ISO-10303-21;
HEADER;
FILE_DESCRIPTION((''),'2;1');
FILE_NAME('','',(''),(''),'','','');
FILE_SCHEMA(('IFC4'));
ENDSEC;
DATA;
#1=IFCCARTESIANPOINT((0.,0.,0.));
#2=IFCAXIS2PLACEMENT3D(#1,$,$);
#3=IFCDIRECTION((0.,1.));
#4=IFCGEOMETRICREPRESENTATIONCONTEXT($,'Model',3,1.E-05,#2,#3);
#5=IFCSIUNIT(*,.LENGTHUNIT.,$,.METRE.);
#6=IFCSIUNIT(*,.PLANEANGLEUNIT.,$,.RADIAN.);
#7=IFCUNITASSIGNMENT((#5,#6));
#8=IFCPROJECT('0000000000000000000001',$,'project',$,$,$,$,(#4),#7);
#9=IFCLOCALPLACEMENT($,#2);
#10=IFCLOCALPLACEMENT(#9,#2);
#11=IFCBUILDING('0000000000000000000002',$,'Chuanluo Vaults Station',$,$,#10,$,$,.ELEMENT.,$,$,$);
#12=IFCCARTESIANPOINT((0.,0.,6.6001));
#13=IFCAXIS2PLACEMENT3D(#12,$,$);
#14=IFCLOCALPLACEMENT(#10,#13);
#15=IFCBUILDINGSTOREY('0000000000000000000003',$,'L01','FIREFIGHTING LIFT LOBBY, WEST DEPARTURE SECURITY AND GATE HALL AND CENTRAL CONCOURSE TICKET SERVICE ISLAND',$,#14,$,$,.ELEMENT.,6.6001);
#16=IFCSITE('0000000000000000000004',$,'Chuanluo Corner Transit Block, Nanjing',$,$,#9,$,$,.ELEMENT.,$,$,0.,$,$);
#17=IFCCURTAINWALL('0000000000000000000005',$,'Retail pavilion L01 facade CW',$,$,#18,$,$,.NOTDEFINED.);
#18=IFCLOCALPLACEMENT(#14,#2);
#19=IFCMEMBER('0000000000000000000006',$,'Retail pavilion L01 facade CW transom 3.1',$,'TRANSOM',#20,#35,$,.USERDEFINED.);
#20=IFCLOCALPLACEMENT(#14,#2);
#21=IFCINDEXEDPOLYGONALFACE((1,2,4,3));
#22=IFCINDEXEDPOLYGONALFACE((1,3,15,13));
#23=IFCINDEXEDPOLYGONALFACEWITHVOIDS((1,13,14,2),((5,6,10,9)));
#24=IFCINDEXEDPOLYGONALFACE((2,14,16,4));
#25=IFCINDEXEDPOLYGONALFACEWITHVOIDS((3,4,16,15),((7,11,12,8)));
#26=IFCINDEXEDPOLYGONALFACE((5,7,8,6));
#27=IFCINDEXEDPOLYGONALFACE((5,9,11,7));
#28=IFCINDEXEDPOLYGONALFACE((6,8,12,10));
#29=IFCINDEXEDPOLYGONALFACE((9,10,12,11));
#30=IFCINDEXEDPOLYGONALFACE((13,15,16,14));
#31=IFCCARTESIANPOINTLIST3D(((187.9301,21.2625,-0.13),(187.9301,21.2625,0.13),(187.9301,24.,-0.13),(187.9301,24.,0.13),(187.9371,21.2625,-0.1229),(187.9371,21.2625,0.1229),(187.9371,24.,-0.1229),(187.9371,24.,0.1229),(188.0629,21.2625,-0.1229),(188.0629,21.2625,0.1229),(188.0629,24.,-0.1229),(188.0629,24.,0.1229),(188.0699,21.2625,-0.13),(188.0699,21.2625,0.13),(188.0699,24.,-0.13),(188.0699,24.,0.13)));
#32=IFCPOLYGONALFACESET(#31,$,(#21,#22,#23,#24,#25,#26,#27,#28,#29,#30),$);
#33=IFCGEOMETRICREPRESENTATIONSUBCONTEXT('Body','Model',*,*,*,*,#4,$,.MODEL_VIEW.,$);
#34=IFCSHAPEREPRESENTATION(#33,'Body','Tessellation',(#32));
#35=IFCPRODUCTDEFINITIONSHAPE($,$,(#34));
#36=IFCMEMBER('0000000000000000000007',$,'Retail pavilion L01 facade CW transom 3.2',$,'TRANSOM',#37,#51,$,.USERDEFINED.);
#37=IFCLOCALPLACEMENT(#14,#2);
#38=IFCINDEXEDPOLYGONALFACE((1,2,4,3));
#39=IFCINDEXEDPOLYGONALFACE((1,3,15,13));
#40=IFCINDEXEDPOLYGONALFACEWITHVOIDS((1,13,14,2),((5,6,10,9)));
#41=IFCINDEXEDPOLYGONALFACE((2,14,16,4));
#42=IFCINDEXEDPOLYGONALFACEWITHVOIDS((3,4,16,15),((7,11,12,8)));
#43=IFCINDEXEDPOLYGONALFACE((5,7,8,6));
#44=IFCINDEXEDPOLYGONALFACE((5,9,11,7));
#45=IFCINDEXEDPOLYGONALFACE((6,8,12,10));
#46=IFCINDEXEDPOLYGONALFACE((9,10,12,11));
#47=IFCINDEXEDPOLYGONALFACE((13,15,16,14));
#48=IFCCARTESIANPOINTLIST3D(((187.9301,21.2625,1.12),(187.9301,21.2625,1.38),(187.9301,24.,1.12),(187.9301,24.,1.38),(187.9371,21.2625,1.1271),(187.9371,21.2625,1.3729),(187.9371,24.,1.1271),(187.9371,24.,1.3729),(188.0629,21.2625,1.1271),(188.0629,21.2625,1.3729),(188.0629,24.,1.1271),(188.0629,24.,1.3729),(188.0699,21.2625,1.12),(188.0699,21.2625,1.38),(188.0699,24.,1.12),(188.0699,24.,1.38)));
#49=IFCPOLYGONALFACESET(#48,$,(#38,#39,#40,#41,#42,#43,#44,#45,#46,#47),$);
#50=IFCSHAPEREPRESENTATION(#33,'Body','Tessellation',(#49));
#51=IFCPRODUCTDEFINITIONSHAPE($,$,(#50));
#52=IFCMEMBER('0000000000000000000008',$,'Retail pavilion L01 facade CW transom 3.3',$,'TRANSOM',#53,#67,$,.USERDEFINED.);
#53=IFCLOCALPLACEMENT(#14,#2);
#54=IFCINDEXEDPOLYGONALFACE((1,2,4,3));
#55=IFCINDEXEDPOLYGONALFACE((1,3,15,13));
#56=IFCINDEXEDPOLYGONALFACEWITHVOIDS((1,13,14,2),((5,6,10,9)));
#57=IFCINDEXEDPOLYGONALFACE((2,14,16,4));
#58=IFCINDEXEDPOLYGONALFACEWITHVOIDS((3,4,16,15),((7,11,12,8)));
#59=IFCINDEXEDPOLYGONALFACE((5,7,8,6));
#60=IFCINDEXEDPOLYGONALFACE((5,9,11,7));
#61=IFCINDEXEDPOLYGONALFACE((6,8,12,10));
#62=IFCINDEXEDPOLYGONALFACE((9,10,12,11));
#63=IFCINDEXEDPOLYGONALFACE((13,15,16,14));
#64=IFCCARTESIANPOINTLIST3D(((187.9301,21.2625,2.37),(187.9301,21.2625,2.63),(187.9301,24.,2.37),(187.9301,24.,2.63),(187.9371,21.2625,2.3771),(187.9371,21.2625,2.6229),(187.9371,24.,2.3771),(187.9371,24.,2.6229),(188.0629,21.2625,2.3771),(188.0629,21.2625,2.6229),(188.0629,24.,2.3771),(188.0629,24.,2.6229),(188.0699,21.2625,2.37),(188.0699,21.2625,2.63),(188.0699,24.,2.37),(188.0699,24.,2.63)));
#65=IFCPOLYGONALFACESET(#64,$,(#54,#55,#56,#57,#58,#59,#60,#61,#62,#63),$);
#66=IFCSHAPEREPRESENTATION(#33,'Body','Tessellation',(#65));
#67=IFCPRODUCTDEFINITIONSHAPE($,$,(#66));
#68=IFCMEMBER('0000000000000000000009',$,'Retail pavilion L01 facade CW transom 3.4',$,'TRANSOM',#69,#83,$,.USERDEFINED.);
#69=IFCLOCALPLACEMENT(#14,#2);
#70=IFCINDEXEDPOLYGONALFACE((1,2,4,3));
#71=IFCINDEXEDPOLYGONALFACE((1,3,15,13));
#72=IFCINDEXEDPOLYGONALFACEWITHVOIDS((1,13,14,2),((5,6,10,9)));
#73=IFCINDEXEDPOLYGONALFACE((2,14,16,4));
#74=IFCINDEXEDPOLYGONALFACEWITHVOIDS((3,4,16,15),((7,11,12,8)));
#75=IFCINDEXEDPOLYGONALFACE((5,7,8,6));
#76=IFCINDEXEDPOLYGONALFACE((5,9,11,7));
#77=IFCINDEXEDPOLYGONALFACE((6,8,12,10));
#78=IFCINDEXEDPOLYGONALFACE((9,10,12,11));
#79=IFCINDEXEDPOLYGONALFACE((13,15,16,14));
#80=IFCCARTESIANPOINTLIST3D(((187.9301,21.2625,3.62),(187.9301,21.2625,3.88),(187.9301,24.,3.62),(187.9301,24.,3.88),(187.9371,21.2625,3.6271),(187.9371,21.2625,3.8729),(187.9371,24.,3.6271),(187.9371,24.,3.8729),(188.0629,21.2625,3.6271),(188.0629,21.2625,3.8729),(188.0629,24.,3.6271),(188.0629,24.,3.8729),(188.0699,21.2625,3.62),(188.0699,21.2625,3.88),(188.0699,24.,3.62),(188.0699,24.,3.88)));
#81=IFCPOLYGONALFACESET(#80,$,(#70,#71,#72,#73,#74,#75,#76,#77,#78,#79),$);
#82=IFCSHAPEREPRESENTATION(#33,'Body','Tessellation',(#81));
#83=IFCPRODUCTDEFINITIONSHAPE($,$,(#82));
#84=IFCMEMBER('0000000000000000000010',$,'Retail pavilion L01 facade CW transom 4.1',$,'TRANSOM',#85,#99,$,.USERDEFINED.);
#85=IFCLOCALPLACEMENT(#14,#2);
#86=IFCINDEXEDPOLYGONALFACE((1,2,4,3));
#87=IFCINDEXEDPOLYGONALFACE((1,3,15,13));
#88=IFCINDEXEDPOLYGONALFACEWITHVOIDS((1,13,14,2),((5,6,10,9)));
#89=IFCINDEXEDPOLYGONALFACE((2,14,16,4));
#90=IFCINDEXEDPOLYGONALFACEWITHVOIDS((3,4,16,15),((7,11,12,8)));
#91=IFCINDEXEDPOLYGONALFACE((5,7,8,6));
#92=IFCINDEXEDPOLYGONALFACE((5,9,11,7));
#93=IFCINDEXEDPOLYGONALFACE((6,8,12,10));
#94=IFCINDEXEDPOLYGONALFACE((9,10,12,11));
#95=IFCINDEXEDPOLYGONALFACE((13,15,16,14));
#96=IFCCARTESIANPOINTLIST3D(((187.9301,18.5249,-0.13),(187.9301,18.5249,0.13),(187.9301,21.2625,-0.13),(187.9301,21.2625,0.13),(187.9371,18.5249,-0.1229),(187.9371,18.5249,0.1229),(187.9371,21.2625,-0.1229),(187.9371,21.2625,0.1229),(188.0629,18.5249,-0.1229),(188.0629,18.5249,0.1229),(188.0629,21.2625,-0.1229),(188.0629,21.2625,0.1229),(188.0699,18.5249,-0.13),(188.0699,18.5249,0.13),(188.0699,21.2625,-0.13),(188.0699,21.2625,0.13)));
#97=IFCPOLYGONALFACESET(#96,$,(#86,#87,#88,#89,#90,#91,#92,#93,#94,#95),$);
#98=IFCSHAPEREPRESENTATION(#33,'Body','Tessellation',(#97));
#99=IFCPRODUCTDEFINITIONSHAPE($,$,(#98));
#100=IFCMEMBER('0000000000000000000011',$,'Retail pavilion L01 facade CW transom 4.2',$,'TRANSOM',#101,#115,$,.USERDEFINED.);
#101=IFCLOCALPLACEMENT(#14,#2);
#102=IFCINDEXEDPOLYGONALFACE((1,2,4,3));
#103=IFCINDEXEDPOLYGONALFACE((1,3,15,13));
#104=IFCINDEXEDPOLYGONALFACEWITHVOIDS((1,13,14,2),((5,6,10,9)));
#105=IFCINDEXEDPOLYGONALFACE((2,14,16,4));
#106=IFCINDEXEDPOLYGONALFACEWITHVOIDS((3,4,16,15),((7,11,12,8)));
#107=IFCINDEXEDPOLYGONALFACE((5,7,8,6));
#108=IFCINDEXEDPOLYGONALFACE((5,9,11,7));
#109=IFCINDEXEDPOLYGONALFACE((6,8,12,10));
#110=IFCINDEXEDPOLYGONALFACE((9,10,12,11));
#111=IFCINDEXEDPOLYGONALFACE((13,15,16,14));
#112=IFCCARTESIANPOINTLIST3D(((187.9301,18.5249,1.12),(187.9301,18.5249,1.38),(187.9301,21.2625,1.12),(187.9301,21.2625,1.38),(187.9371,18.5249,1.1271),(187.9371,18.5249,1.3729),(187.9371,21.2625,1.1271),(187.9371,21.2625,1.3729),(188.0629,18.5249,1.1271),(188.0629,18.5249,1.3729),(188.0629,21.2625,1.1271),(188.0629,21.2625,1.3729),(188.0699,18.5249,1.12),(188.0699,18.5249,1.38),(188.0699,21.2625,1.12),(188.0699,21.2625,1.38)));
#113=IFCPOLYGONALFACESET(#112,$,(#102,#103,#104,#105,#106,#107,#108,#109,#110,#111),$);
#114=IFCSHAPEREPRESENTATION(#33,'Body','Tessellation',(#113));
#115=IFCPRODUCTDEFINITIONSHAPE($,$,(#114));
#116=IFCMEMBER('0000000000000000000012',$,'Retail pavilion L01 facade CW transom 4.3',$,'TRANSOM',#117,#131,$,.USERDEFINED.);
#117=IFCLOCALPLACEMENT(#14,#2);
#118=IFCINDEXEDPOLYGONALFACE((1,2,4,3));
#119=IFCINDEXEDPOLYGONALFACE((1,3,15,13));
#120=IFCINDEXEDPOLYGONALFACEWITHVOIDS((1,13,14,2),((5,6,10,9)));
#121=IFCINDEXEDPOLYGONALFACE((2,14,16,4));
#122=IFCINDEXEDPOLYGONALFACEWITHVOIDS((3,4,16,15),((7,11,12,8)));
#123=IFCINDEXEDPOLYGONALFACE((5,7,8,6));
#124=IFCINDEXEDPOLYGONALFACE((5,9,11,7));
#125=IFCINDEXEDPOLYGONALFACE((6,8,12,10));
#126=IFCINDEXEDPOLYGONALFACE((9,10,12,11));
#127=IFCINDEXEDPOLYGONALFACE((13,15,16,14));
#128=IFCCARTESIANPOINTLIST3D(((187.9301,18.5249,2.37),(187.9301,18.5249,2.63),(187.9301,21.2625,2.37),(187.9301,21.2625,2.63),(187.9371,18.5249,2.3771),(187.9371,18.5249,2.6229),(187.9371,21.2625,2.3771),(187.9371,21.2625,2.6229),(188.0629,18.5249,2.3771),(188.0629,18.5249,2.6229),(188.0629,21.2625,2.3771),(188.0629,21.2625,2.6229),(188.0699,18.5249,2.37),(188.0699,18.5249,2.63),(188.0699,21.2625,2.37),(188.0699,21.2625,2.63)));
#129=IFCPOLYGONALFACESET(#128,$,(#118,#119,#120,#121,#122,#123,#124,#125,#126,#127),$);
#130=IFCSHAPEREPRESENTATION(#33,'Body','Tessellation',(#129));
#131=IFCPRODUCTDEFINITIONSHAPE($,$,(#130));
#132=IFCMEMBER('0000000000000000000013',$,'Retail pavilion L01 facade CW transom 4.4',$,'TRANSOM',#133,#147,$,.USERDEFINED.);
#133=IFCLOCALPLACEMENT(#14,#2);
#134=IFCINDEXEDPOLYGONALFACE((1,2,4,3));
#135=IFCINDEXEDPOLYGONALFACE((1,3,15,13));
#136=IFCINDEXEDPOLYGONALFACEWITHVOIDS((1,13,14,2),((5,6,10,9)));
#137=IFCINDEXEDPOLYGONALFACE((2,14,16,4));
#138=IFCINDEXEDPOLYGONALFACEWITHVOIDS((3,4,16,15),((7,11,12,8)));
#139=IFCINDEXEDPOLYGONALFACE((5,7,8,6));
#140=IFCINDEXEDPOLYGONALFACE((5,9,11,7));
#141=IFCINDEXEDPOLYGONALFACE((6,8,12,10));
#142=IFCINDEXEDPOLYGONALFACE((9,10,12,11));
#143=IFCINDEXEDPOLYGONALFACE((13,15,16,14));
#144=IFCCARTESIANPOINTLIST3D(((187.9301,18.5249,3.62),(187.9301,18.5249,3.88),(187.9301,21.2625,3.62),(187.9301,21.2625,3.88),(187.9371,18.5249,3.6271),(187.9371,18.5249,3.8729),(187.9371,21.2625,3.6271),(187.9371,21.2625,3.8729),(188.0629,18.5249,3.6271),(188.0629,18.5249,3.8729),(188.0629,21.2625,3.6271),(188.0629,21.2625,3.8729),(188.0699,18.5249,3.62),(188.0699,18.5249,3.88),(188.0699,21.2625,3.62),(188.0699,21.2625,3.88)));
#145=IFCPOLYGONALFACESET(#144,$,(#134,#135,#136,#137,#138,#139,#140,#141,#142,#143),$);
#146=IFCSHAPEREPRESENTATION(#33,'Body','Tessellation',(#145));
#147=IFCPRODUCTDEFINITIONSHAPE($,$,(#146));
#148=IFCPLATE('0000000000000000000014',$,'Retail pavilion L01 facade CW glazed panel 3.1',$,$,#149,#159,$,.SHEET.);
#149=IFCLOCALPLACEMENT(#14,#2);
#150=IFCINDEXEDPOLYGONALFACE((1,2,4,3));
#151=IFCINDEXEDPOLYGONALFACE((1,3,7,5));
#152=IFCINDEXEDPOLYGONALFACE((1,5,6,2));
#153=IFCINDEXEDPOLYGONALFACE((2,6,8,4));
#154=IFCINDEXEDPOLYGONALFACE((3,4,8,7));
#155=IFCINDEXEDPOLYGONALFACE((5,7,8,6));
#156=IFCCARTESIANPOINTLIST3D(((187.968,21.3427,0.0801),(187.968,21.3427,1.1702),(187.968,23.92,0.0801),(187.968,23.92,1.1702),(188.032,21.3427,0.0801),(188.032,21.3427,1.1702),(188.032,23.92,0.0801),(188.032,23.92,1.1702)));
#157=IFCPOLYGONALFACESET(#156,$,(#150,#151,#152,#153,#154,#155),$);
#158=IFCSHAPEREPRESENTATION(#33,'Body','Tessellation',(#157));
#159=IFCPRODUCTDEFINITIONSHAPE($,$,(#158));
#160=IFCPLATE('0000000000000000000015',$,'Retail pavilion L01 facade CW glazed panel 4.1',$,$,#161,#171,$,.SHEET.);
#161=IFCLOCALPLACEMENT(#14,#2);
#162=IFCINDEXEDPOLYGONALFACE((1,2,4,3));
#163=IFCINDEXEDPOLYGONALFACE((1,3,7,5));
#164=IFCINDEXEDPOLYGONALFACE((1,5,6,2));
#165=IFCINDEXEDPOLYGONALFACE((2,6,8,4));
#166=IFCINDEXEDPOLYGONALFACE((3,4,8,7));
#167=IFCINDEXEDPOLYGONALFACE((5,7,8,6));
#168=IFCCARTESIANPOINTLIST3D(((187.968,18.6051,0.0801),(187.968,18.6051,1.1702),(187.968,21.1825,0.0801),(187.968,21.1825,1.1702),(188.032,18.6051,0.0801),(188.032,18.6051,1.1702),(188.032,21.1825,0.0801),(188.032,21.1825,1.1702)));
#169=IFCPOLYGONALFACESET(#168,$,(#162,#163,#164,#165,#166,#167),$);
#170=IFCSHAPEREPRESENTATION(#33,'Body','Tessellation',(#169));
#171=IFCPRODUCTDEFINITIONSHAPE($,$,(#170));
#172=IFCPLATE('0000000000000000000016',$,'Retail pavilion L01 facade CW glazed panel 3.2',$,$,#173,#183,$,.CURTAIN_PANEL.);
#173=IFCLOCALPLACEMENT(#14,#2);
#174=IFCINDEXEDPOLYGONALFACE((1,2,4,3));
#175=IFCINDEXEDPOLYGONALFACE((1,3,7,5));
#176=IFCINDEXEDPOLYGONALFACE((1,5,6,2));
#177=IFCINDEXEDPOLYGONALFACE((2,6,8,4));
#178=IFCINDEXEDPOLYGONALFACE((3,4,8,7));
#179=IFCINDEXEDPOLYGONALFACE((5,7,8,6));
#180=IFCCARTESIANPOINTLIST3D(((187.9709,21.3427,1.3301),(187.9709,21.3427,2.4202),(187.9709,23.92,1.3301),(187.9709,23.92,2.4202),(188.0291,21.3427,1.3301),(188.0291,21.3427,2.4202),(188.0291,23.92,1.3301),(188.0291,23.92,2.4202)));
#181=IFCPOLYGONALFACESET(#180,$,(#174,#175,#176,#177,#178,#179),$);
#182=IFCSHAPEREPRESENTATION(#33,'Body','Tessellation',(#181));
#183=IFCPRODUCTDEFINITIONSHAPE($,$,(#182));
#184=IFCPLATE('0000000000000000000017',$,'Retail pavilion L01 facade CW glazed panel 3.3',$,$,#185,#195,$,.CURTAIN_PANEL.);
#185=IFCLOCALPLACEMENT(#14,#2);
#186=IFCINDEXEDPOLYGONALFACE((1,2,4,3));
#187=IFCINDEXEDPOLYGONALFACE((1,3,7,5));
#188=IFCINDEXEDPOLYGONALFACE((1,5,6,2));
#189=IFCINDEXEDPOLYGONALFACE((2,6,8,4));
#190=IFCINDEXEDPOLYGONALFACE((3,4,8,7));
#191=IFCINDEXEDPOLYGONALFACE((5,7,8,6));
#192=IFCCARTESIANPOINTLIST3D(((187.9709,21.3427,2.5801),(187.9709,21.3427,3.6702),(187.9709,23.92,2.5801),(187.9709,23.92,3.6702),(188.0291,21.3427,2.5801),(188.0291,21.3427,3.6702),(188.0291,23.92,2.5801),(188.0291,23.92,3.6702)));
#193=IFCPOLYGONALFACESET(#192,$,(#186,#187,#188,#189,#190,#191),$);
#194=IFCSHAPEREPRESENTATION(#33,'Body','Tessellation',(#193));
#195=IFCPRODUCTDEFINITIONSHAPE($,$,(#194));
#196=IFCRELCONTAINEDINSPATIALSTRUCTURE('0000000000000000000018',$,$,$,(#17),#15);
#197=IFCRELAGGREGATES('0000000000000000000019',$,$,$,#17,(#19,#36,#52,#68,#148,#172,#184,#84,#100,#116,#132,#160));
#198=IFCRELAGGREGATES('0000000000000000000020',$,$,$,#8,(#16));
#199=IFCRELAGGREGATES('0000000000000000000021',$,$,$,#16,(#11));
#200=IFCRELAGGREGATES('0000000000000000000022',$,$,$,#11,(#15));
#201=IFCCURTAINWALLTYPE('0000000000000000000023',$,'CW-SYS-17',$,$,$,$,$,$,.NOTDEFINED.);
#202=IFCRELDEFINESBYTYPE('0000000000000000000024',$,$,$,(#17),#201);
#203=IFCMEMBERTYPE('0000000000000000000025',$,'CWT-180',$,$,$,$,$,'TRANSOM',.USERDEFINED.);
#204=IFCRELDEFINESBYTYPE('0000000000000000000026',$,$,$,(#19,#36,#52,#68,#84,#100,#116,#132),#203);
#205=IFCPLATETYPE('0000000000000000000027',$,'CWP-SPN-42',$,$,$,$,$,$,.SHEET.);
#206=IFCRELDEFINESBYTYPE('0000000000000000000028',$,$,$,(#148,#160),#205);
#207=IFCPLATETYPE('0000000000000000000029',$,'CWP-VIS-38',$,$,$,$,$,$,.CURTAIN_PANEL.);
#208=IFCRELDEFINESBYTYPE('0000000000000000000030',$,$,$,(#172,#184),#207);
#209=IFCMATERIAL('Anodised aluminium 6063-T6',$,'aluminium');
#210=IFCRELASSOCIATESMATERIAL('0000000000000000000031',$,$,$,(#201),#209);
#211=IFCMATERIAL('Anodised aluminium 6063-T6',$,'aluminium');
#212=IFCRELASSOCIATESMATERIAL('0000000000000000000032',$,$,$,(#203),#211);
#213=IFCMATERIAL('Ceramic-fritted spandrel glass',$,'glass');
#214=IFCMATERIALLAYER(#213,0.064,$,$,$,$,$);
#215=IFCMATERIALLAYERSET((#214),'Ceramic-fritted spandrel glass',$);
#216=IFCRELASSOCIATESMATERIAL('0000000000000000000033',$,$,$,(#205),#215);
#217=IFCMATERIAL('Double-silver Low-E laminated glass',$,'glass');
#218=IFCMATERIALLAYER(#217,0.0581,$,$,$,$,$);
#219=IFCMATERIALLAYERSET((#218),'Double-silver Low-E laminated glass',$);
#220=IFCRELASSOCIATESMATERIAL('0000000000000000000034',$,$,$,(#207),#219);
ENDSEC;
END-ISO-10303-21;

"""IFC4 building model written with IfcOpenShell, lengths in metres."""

from ifc_helpers import new_model, si_unit, direction, frame, origin, origin_2d, place, context, subcontext, project, spatial, rectangle, hollow_rectangle, extrude, material, layer, layer_set, material_profile, profile_set, type_object, element, aggregate, save


model = new_model("IFC4")

# Units and contexts
model_context = context("Model", 3, precision=1e-05, world=origin(), true_north=direction((0.0, 1.0)))
body_context = subcontext(model_context, "Body", "Model", "MODEL_VIEW")
ifc_project = project(units=[si_unit("LENGTHUNIT", "METRE"), si_unit("PLANEANGLEUNIT", "RADIAN")], contexts=[model_context])

# Site, building, storey
site_placement = place(None, origin())
site = spatial("IfcSite", under=ifc_project, at=site_placement, Name="Chuanluo Corner Transit Block, Nanjing", CompositionType="ELEMENT", RefElevation=0.0)
building_placement = place(site_placement, origin())
building = spatial("IfcBuilding", under=site, at=building_placement, Name="Chuanluo Vaults Station", CompositionType="ELEMENT")
storey_placement = place(building_placement, frame((0.0, 0.0, 6.6001)))
storey = spatial("IfcBuildingStorey", under=building, at=storey_placement, Name="L01", Description="FIREFIGHTING LIFT LOBBY, WEST DEPARTURE SECURITY AND GATE HALL AND CENTRAL CONCOURSE TICKET SERVICE ISLAND", CompositionType="ELEMENT", Elevation=6.6001)

# Curtain wall, members, plates
ifc_material_1 = material(Name="Anodised aluminium 6063-T6", Category="aluminium")
curtain_wall_type = type_object("IfcCurtainWallType", Name="CW-SYS-17", PredefinedType="NOTDEFINED", material=ifc_material_1)
curtain_wall_placement = place(storey_placement, origin())
curtain_wall = element("IfcCurtainWall", 1, at=curtain_wall_placement, inside=storey, type_object=curtain_wall_type, Name="Retail pavilion L01 facade CW", PredefinedType="NOTDEFINED")
ifc_material_2 = material(Name="Anodised aluminium 6063-T6", Category="aluminium")
ifc_material_profile_1 = material_profile(ifc_material_2, hollow_rectangle(XDim=0.1399, YDim=0.26, WallThickness=0.0071, at=origin_2d()))
ifc_profile_set_1 = profile_set([ifc_material_profile_1], Name="Anodised aluminium 6063-T6")
member_type_1 = type_object("IfcMemberType", Name="CWT-180", ElementType="TRANSOM", PredefinedType="USERDEFINED", material=ifc_profile_set_1)
member_1_placement = place(storey_placement, frame((188.0, 24.0, 0.0), z_axis=(0.0, -1.0, 0.0), x_axis=(1.0, 0.0, 0.0)))
member_1 = element("IfcMember", 2, at=member_1_placement, type_object=member_type_1, Name="Retail pavilion L01 facade CW transom 3.1", ObjectType="TRANSOM", PredefinedType="USERDEFINED", context=body_context, shape_type="SweptSolid", body=[
    extrude(hollow_rectangle(XDim=0.1399, YDim=0.26, WallThickness=0.0071, at=origin_2d()), origin(), (0.0, 0.0, 1.0), 2.7375),
])
member_2_placement = place(storey_placement, frame((188.0, 24.0, 1.25), z_axis=(0.0, -1.0, 0.0), x_axis=(1.0, 0.0, 0.0)))
member_2 = element("IfcMember", 3, at=member_2_placement, type_object=member_type_1, Name="Retail pavilion L01 facade CW transom 3.2", ObjectType="TRANSOM", PredefinedType="USERDEFINED", context=body_context, shape_type="SweptSolid", body=[
    extrude(hollow_rectangle(XDim=0.1399, YDim=0.26, WallThickness=0.0071, at=origin_2d()), origin(), (0.0, 0.0, 1.0), 2.7375),
])
member_3_placement = place(storey_placement, frame((188.0, 24.0, 2.5), z_axis=(0.0, -1.0, 0.0), x_axis=(1.0, 0.0, 0.0)))
member_3 = element("IfcMember", 4, at=member_3_placement, type_object=member_type_1, Name="Retail pavilion L01 facade CW transom 3.3", ObjectType="TRANSOM", PredefinedType="USERDEFINED", context=body_context, shape_type="SweptSolid", body=[
    extrude(hollow_rectangle(XDim=0.1399, YDim=0.26, WallThickness=0.0071, at=origin_2d()), origin(), (0.0, 0.0, 1.0), 2.7375),
])
member_4_placement = place(storey_placement, frame((188.0, 24.0, 3.75), z_axis=(0.0, -1.0, 0.0), x_axis=(1.0, 0.0, 0.0)))
member_4 = element("IfcMember", 5, at=member_4_placement, type_object=member_type_1, Name="Retail pavilion L01 facade CW transom 3.4", ObjectType="TRANSOM", PredefinedType="USERDEFINED", context=body_context, shape_type="SweptSolid", body=[
    extrude(hollow_rectangle(XDim=0.1399, YDim=0.26, WallThickness=0.0071, at=origin_2d()), origin(), (0.0, 0.0, 1.0), 2.7375),
])
member_5_placement = place(storey_placement, frame((188.0, 21.2625, 0.0), z_axis=(0.0, -1.0, 0.0), x_axis=(1.0, 0.0, 0.0)))
member_5 = element("IfcMember", 6, at=member_5_placement, type_object=member_type_1, Name="Retail pavilion L01 facade CW transom 4.1", ObjectType="TRANSOM", PredefinedType="USERDEFINED", context=body_context, shape_type="SweptSolid", body=[
    extrude(hollow_rectangle(XDim=0.1399, YDim=0.26, WallThickness=0.0071, at=origin_2d()), origin(), (0.0, 0.0, 1.0), 2.7375),
])
member_6_placement = place(storey_placement, frame((188.0, 21.2625, 1.25), z_axis=(0.0, -1.0, 0.0), x_axis=(1.0, 0.0, 0.0)))
member_6 = element("IfcMember", 7, at=member_6_placement, type_object=member_type_1, Name="Retail pavilion L01 facade CW transom 4.2", ObjectType="TRANSOM", PredefinedType="USERDEFINED", context=body_context, shape_type="SweptSolid", body=[
    extrude(hollow_rectangle(XDim=0.1399, YDim=0.26, WallThickness=0.0071, at=origin_2d()), origin(), (0.0, 0.0, 1.0), 2.7375),
])
member_7_placement = place(storey_placement, frame((188.0, 21.2625, 2.5), z_axis=(0.0, -1.0, 0.0), x_axis=(1.0, 0.0, 0.0)))
member_7 = element("IfcMember", 8, at=member_7_placement, type_object=member_type_1, Name="Retail pavilion L01 facade CW transom 4.3", ObjectType="TRANSOM", PredefinedType="USERDEFINED", context=body_context, shape_type="SweptSolid", body=[
    extrude(hollow_rectangle(XDim=0.1399, YDim=0.26, WallThickness=0.0071, at=origin_2d()), origin(), (0.0, 0.0, 1.0), 2.7375),
])
member_8_placement = place(storey_placement, frame((188.0, 21.2625, 3.75), z_axis=(0.0, -1.0, 0.0), x_axis=(1.0, 0.0, 0.0)))
member_8 = element("IfcMember", 9, at=member_8_placement, type_object=member_type_1, Name="Retail pavilion L01 facade CW transom 4.4", ObjectType="TRANSOM", PredefinedType="USERDEFINED", context=body_context, shape_type="SweptSolid", body=[
    extrude(hollow_rectangle(XDim=0.1399, YDim=0.26, WallThickness=0.0071, at=origin_2d()), origin(), (0.0, 0.0, 1.0), 2.7375),
])
ifc_material_3 = material(Name="Ceramic-fritted spandrel glass", Category="glass")
ifc_layer_1 = layer(ifc_material_3, 0.064)
ifc_layer_set_1 = layer_set([ifc_layer_1], Name="Ceramic-fritted spandrel glass")
plate_type_1 = type_object("IfcPlateType", Name="CWP-SPN-42", PredefinedType="SHEET", material=ifc_layer_set_1)
plate_1_placement = place(storey_placement, frame((188.0, 22.6313, 0.0801), z_axis=(0.0, 0.0, 1.0), x_axis=(0.0, -1.0, 0.0)))
plate_1 = element("IfcPlate", 10, at=plate_1_placement, type_object=plate_type_1, Name="Retail pavilion L01 facade CW glazed panel 3.1", PredefinedType="SHEET", context=body_context, shape_type="SweptSolid", body=[
    extrude(rectangle(XDim=2.5774, YDim=0.064, at=origin_2d()), origin(), (0.0, 0.0, 1.0), 1.0901),
])
plate_2_placement = place(storey_placement, frame((188.0, 19.8938, 0.0801), z_axis=(0.0, 0.0, 1.0), x_axis=(0.0, -1.0, 0.0)))
plate_2 = element("IfcPlate", 11, at=plate_2_placement, type_object=plate_type_1, Name="Retail pavilion L01 facade CW glazed panel 4.1", PredefinedType="SHEET", context=body_context, shape_type="SweptSolid", body=[
    extrude(rectangle(XDim=2.5774, YDim=0.064, at=origin_2d()), origin(), (0.0, 0.0, 1.0), 1.0901),
])
ifc_material_4 = material(Name="Double-silver Low-E laminated glass", Category="glass")
ifc_layer_2 = layer(ifc_material_4, 0.0581)
ifc_layer_set_2 = layer_set([ifc_layer_2], Name="Double-silver Low-E laminated glass")
plate_type_2 = type_object("IfcPlateType", Name="CWP-VIS-38", PredefinedType="CURTAIN_PANEL", material=ifc_layer_set_2)
plate_3_placement = place(storey_placement, frame((188.0, 22.6313, 1.3301), z_axis=(0.0, 0.0, 1.0), x_axis=(0.0, -1.0, 0.0)))
plate_3 = element("IfcPlate", 12, at=plate_3_placement, type_object=plate_type_2, Name="Retail pavilion L01 facade CW glazed panel 3.2", PredefinedType="CURTAIN_PANEL", context=body_context, shape_type="SweptSolid", body=[
    extrude(rectangle(XDim=2.5774, YDim=0.0581, at=origin_2d()), origin(), (0.0, 0.0, 1.0), 1.0901),
])
plate_4_placement = place(storey_placement, frame((188.0, 22.6313, 2.5801), z_axis=(0.0, 0.0, 1.0), x_axis=(0.0, -1.0, 0.0)))
plate_4 = element("IfcPlate", 13, at=plate_4_placement, type_object=plate_type_2, Name="Retail pavilion L01 facade CW glazed panel 3.3", PredefinedType="CURTAIN_PANEL", context=body_context, shape_type="SweptSolid", body=[
    extrude(rectangle(XDim=2.5774, YDim=0.0581, at=origin_2d()), origin(), (0.0, 0.0, 1.0), 1.0901),
])
aggregate(curtain_wall, [member_1, member_2, member_3, member_4, plate_1, plate_3, plate_4, member_5, member_6, member_7, member_8, plate_2])

save(model, "model.ifc")
